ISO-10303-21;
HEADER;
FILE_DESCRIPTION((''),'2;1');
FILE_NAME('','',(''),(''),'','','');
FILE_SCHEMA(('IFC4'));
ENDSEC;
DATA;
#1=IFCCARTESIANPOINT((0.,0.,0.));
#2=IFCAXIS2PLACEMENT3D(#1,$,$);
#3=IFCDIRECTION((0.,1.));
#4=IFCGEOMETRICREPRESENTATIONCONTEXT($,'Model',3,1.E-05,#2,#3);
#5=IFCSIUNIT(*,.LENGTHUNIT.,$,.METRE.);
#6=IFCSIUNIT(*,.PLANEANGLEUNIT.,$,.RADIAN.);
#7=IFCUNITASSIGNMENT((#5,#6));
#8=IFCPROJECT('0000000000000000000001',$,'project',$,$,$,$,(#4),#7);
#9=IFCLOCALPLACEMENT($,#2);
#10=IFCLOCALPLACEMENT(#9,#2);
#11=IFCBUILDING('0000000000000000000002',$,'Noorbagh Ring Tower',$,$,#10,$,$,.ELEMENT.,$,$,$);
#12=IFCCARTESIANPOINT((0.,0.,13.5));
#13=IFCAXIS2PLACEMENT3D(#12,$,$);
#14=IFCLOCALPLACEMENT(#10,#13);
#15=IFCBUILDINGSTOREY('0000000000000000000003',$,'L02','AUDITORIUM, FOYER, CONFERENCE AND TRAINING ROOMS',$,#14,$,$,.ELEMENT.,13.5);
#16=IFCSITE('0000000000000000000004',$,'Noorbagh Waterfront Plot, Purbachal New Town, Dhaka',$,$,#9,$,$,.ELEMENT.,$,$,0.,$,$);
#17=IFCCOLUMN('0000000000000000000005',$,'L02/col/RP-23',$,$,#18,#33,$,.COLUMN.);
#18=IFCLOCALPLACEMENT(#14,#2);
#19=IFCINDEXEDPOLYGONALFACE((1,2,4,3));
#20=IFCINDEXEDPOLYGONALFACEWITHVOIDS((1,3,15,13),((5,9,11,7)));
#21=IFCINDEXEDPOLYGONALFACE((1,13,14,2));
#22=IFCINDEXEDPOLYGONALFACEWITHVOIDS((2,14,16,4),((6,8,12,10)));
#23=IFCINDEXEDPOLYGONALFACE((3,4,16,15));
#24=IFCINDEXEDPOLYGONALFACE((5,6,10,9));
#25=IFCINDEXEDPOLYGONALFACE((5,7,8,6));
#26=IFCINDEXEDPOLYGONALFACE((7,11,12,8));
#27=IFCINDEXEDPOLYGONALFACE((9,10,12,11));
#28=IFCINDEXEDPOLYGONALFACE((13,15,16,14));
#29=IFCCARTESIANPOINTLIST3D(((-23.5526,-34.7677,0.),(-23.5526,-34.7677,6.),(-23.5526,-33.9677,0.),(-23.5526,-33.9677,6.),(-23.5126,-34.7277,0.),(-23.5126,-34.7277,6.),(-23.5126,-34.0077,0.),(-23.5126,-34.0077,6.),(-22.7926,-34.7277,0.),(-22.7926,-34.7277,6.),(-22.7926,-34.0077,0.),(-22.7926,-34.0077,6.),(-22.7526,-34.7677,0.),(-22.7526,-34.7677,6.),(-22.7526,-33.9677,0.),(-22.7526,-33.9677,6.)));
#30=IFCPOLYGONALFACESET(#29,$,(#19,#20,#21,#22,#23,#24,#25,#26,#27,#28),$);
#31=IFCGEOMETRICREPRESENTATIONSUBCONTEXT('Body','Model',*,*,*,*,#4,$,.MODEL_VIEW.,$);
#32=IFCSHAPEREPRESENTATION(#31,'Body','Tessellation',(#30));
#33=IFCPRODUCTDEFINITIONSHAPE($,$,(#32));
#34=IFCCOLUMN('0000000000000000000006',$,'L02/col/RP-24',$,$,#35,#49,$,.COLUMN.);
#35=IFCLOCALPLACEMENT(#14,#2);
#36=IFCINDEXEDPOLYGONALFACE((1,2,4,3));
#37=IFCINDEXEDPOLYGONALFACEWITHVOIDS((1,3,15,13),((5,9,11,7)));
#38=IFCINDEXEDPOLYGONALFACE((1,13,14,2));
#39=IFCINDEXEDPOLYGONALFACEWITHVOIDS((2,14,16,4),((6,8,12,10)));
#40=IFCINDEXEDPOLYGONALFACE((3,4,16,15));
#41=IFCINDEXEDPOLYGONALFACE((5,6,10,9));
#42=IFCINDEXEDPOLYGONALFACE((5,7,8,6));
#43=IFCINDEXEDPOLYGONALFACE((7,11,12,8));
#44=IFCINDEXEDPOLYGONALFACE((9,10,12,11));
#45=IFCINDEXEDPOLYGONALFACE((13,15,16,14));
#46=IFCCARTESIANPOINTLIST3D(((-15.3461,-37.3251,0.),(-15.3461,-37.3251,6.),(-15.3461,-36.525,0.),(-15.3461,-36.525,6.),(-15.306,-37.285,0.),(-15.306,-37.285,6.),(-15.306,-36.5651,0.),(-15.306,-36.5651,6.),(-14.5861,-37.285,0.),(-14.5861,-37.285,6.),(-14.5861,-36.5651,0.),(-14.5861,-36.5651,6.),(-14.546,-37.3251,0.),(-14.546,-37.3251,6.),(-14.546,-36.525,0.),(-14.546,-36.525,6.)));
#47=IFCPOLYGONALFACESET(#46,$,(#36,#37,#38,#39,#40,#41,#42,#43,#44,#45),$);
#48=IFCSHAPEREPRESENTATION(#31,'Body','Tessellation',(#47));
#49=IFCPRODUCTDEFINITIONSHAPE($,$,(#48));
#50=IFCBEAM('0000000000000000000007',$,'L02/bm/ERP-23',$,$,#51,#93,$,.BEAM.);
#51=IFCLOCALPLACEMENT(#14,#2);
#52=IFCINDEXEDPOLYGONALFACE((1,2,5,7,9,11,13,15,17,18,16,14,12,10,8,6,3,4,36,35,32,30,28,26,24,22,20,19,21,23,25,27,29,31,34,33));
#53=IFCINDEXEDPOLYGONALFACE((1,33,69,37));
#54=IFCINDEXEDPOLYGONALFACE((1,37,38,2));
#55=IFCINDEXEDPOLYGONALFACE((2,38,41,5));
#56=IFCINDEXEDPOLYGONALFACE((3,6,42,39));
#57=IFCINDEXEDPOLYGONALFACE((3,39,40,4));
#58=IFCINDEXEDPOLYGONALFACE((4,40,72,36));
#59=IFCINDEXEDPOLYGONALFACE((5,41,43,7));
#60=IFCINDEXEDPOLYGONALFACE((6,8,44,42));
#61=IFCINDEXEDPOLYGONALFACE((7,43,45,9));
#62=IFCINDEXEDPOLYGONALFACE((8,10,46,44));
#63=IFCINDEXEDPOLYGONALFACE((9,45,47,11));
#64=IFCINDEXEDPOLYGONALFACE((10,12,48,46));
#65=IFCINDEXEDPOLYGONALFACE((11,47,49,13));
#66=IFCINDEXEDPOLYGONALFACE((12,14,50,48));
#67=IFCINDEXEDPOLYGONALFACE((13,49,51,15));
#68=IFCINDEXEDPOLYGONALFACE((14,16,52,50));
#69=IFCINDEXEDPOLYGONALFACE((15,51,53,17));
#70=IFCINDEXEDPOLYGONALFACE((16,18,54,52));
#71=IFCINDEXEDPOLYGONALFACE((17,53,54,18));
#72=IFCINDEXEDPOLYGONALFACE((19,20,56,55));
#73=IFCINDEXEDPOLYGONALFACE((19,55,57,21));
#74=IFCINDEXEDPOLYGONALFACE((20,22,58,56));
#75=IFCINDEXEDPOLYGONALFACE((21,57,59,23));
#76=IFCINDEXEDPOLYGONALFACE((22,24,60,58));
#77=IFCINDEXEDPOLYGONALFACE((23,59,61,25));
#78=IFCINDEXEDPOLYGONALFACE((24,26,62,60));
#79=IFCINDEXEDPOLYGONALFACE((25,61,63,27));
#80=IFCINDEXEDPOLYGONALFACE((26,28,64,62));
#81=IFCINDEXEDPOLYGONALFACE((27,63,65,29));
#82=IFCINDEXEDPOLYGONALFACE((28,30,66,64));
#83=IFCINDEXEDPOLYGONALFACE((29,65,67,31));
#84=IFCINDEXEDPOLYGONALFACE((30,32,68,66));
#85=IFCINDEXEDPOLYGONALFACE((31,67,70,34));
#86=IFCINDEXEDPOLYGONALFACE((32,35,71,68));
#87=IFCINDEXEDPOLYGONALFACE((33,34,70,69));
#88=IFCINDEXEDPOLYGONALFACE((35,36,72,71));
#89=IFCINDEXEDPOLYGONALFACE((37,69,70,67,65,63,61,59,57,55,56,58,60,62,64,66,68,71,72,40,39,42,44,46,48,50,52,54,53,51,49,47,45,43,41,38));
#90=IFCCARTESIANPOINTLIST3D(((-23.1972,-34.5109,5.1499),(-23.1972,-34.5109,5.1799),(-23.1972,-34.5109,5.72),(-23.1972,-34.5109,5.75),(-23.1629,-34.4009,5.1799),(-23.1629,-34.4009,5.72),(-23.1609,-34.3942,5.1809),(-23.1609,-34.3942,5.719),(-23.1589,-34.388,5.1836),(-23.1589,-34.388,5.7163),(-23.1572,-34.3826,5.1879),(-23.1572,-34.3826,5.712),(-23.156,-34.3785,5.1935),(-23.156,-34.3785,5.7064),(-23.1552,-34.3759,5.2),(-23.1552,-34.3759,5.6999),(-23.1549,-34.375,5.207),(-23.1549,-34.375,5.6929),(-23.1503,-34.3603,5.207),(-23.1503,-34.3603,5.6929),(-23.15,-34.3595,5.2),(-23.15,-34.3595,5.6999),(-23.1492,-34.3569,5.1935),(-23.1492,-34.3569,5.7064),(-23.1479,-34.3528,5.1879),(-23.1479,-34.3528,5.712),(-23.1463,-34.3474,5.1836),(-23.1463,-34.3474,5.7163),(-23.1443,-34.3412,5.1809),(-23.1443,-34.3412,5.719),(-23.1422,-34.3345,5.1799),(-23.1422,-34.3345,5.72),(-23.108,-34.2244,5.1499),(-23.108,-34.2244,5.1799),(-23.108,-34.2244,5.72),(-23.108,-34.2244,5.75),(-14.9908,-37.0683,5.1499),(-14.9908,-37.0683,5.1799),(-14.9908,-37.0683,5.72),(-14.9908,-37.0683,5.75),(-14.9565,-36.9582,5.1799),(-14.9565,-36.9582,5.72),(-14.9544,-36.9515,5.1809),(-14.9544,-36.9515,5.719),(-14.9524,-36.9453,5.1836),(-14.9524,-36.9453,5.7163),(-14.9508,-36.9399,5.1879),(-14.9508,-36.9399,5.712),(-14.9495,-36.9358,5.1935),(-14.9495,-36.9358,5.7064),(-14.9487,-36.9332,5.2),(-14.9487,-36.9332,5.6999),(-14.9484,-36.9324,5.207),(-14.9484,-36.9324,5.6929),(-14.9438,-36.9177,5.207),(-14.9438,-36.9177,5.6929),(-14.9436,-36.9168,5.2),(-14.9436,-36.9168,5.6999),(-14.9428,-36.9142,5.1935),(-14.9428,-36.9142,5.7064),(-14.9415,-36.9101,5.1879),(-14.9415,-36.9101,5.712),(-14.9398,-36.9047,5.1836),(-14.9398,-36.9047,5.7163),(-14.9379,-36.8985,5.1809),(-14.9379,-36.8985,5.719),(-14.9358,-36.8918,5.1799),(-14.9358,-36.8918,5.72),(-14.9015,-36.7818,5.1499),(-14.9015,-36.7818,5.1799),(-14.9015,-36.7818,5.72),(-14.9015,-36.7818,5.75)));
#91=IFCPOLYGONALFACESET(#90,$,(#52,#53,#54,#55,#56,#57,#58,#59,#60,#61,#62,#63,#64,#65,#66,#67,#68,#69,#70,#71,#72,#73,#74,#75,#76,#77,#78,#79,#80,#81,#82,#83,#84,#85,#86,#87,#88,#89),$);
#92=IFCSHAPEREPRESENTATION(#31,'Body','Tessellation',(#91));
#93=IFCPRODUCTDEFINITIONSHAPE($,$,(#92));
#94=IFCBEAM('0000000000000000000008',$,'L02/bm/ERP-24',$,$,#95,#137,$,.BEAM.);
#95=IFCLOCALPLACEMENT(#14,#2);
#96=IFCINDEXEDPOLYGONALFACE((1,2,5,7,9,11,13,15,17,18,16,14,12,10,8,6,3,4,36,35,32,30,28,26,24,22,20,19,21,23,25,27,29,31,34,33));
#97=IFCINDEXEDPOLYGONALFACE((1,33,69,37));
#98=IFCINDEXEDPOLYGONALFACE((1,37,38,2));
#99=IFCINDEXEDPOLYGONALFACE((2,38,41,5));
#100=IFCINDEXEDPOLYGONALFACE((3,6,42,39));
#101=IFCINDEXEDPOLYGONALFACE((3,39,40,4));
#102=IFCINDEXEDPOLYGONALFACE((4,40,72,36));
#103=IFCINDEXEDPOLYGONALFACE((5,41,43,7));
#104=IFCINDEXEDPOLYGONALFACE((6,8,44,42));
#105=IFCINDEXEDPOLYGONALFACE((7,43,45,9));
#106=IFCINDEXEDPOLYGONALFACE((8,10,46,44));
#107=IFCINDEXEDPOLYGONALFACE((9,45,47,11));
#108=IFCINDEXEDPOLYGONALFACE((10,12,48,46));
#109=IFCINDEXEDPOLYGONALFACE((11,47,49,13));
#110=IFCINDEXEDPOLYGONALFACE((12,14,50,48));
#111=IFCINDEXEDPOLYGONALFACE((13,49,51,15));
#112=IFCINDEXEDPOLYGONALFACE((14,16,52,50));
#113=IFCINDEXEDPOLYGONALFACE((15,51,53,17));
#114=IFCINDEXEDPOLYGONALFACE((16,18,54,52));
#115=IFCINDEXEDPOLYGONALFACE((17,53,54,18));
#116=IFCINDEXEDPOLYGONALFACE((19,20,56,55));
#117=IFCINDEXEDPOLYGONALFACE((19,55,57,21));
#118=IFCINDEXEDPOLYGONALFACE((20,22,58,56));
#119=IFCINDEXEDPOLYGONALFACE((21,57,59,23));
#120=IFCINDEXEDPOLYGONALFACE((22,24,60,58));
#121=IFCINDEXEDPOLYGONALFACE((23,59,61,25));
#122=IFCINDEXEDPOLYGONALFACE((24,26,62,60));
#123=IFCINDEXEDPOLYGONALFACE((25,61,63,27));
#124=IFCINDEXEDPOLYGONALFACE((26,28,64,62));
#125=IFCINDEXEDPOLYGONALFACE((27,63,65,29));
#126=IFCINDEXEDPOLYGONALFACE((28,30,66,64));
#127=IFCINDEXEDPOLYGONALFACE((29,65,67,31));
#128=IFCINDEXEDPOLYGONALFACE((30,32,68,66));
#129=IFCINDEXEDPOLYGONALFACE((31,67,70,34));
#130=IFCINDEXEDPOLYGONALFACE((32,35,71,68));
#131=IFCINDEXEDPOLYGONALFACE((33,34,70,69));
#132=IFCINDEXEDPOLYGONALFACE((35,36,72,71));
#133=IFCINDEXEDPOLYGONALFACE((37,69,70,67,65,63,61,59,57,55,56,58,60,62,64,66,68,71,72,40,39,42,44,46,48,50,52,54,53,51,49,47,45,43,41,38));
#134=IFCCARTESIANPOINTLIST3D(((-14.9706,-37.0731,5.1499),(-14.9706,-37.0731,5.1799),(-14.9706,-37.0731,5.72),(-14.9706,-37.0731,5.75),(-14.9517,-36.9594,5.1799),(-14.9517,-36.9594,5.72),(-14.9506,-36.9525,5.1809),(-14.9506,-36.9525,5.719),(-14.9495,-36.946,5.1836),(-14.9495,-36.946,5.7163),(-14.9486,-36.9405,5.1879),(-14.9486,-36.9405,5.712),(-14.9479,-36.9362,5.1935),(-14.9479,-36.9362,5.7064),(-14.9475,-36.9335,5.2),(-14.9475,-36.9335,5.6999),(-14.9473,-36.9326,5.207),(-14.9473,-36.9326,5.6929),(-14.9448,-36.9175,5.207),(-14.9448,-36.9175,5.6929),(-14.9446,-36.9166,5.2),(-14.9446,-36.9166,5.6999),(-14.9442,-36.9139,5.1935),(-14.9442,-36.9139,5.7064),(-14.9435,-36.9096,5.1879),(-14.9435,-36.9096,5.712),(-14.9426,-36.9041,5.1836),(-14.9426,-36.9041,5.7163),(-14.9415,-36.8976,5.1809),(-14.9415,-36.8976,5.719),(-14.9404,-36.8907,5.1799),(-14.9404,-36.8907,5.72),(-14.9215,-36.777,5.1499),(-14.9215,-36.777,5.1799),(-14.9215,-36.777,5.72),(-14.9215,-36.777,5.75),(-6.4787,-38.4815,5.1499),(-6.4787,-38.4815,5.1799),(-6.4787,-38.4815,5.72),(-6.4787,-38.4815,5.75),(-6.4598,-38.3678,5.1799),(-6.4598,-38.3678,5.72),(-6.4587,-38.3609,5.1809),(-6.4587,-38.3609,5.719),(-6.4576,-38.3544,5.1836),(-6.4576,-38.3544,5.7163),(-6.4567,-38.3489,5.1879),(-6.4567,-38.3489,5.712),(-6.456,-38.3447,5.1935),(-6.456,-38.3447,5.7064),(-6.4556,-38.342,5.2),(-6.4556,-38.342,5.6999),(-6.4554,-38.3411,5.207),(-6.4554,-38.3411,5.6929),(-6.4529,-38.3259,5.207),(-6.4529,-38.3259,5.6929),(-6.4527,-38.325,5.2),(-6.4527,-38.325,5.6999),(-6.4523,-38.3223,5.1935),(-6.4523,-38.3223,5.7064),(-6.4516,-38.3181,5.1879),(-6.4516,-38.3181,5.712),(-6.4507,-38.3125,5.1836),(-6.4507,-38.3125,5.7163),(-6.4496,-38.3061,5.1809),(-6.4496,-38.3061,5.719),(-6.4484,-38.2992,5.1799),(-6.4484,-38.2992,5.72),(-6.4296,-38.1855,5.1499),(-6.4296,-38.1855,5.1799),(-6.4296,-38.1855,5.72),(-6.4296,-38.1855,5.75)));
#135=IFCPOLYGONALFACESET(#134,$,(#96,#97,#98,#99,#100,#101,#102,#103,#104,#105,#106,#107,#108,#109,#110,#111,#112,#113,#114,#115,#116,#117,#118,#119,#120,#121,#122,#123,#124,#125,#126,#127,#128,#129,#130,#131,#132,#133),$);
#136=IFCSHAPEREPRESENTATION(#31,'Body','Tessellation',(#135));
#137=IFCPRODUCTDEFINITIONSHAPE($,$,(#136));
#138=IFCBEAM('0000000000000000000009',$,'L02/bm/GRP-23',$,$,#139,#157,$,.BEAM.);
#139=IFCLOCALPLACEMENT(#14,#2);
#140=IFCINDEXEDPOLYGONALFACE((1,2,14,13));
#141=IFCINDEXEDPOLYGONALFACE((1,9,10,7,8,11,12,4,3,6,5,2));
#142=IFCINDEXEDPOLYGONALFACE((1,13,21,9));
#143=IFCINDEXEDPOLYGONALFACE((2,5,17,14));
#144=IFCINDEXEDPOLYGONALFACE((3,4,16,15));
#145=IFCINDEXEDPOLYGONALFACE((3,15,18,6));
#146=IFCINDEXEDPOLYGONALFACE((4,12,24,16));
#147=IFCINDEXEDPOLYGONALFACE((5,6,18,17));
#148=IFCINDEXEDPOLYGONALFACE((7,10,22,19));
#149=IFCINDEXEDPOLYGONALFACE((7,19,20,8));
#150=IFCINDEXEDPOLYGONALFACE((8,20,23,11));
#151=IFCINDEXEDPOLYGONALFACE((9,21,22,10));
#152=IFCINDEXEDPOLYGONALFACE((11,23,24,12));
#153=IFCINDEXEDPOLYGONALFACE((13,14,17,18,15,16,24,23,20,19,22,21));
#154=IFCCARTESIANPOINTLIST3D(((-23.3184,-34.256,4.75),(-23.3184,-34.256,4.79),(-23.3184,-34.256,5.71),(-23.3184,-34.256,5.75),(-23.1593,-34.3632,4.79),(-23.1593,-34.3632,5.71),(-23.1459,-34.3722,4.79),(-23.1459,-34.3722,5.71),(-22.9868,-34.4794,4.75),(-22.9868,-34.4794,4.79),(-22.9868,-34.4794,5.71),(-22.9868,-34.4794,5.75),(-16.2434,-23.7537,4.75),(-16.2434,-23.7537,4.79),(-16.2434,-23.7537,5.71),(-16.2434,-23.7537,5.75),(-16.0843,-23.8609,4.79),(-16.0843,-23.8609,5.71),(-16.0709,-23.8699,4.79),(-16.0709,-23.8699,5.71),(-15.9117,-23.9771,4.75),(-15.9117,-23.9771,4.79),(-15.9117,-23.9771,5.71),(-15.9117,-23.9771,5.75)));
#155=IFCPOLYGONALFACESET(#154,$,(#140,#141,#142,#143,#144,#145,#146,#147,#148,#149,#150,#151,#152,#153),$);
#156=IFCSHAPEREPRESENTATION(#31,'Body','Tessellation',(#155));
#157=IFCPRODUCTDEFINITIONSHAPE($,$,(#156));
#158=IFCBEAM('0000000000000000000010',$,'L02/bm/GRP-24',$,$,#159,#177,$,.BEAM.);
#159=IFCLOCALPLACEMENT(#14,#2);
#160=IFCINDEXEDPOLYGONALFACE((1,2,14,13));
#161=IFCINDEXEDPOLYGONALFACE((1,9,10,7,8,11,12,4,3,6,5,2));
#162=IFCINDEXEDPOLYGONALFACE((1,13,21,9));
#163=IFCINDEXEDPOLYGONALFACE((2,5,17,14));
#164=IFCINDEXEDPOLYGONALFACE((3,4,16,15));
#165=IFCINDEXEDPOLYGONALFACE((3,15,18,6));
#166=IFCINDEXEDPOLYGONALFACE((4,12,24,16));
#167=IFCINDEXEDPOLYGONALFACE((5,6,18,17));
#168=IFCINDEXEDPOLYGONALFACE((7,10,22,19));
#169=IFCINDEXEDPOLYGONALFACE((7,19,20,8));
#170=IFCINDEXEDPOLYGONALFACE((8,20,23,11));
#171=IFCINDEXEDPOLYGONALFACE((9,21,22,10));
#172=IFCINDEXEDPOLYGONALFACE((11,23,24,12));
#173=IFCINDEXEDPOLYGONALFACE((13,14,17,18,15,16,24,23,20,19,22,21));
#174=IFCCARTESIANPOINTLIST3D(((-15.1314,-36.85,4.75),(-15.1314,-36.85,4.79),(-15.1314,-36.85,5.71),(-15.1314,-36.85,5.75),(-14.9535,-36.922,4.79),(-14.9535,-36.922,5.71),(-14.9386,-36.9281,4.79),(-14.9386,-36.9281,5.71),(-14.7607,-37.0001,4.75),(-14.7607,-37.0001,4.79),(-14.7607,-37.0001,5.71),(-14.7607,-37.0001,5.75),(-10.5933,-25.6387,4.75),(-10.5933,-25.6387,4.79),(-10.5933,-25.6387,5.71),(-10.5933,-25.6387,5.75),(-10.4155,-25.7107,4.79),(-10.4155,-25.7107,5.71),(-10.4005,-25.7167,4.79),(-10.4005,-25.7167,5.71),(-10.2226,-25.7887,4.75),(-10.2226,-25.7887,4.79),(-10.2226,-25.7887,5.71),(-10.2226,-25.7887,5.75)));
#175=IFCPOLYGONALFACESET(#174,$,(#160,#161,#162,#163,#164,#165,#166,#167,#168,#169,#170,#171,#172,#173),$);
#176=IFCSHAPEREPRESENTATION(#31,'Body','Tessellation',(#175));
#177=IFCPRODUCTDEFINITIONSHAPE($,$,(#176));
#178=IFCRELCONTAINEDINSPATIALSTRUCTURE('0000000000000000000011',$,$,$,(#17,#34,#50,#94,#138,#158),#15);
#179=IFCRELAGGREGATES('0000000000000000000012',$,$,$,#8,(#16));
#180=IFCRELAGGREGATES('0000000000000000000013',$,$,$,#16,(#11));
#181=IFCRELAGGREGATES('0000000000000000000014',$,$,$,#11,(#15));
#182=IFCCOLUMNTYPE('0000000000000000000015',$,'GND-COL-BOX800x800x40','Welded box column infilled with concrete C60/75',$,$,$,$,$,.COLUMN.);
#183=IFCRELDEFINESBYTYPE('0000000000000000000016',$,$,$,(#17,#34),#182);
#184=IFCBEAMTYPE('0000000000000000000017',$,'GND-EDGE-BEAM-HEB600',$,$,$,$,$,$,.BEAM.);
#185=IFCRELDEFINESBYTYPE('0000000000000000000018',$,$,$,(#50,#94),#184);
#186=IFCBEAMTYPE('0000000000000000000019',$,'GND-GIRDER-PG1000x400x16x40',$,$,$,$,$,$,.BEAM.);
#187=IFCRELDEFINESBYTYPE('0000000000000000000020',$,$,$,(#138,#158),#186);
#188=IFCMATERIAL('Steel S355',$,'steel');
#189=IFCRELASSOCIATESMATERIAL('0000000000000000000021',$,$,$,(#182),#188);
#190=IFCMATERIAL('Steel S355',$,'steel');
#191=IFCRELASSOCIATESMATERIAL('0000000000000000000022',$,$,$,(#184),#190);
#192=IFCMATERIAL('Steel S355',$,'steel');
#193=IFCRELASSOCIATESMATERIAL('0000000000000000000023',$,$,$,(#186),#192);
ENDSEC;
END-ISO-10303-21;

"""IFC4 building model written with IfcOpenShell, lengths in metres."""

from ifc_helpers import new_model, si_unit, direction, frame, origin, origin_2d, place, context, subcontext, project, spatial, hollow_rectangle, i_section, extrude, material, material_profile, profile_set, type_object, element, save


model = new_model("IFC4")

# Units and contexts
model_context = context("Model", 3, precision=1e-05, world=origin(), true_north=direction((0.0, 1.0)))
body_context = subcontext(model_context, "Body", "Model", "MODEL_VIEW")
ifc_project = project(units=[si_unit("LENGTHUNIT", "METRE"), si_unit("PLANEANGLEUNIT", "RADIAN")], contexts=[model_context])

# Site, building, storey
site_placement = place(None, origin())
site = spatial("IfcSite", under=ifc_project, at=site_placement, Name="Noorbagh Waterfront Plot, Purbachal New Town, Dhaka", CompositionType="ELEMENT", RefElevation=0.0)
building_placement = place(site_placement, origin())
building = spatial("IfcBuilding", under=site, at=building_placement, Name="Noorbagh Ring Tower", CompositionType="ELEMENT")
storey_placement = place(building_placement, frame((0.0, 0.0, 13.5)))
storey = spatial("IfcBuildingStorey", under=building, at=storey_placement, Name="L02", Description="AUDITORIUM, FOYER, CONFERENCE AND TRAINING ROOMS", CompositionType="ELEMENT", Elevation=13.5)

# Columns
ifc_material_1 = material(Name="Steel S355", Category="steel")
ifc_material_profile_1 = material_profile(ifc_material_1, hollow_rectangle(XDim=0.8, YDim=0.8, WallThickness=0.04, at=origin_2d()), Name="BOX800x800x40")
ifc_profile_set_1 = profile_set([ifc_material_profile_1], Name="Steel S355")
column_type = type_object("IfcColumnType", Name="GND-COL-BOX800x800x40", Description="Welded box column infilled with concrete C60/75", PredefinedType="COLUMN", material=ifc_profile_set_1)
for number, where, z_axis, x_axis, name in (
    (1, (-23.1526, -34.3677, 0.0), (0.0, 0.0, 1.0), (1.0, 0.0, 0.0), "L02/col/RP-23"),
    (2, (-14.946, -36.925, 0.0), (0.0, 0.0, 1.0), (1.0, 0.0, 0.0), "L02/col/RP-24"),
):
    element("IfcColumn", number, at=place(storey_placement, frame(where, z_axis=z_axis, x_axis=x_axis)), inside=storey, type_object=column_type, Name=name, PredefinedType="COLUMN", context=body_context, shape_type="SweptSolid", body=[
        extrude(hollow_rectangle(XDim=0.8, YDim=0.8, WallThickness=0.04, at=origin_2d()), origin(), (0.0, 0.0, 1.0), 6.0),
    ])

# Beams
ifc_material_2 = material(Name="Steel S355", Category="steel")
ifc_material_profile_2 = material_profile(ifc_material_2, i_section(OverallWidth=0.3, OverallDepth=0.6001, WebThickness=0.0154, FlangeThickness=0.03, FilletRadius=0.0271, at=origin_2d()), Name="HEB600")
ifc_profile_set_2 = profile_set([ifc_material_profile_2], Name="Steel S355")
beam_type_1 = type_object("IfcBeamType", Name="GND-EDGE-BEAM-HEB600", PredefinedType="BEAM", material=ifc_profile_set_2)
beam_1_placement = place(storey_placement, frame((-23.1526, -34.3677, 5.45), z_axis=(0.954717, -0.297515, 0.0), x_axis=(0.297515, 0.954717, 0.0)))
element("IfcBeam", 3, at=beam_1_placement, inside=storey, type_object=beam_type_1, Name="L02/bm/ERP-23", PredefinedType="BEAM", context=body_context, shape_type="SweptSolid", body=[
    extrude(i_section(OverallWidth=0.3, OverallDepth=0.6001, WebThickness=0.0154, FlangeThickness=0.03, FilletRadius=0.0271, at=origin_2d()), origin(), (0.0, 0.0, 1.0), 8.5957),
])
beam_2_placement = place(storey_placement, frame((-14.946, -36.925, 5.45), z_axis=(0.986523, -0.163622, 0.0), x_axis=(0.163622, 0.986523, 0.0)))
element("IfcBeam", 4, at=beam_2_placement, inside=storey, type_object=beam_type_1, Name="L02/bm/ERP-24", PredefinedType="BEAM", context=body_context, shape_type="SweptSolid", body=[
    extrude(i_section(OverallWidth=0.3, OverallDepth=0.6001, WebThickness=0.0154, FlangeThickness=0.03, FilletRadius=0.0271, at=origin_2d()), origin(), (0.0, 0.0, 1.0), 8.6079),
])
ifc_material_3 = material(Name="Steel S355", Category="steel")
ifc_material_profile_3 = material_profile(ifc_material_3, i_section(OverallWidth=0.3999, OverallDepth=1.0, WebThickness=0.0161, FlangeThickness=0.04, at=origin_2d()), Name="PG1000x400x16x40")
ifc_profile_set_3 = profile_set([ifc_material_profile_3], Name="Steel S355")
beam_type_2 = type_object("IfcBeamType", Name="GND-GIRDER-PG1000x400x16x40", PredefinedType="BEAM", material=ifc_profile_set_3)
beam_3_placement = place(storey_placement, frame((-23.1526, -34.3677, 5.25), z_axis=(0.558711, 0.829362, 0.0), x_axis=(-0.829362, 0.558711, 0.0)))
element("IfcBeam", 5, at=beam_3_placement, inside=storey, type_object=beam_type_2, Name="L02/bm/GRP-23", PredefinedType="BEAM", context=body_context, shape_type="SweptSolid", body=[
    extrude(i_section(OverallWidth=0.3999, OverallDepth=1.0, WebThickness=0.0161, FlangeThickness=0.04, at=origin_2d()), origin(), (0.0, 0.0, 1.0), 12.6631),
])
beam_4_placement = place(storey_placement, frame((-14.946, -36.925, 5.25), z_axis=(0.375202, 0.926943, 0.0), x_axis=(-0.926943, 0.375202, 0.0)))
element("IfcBeam", 6, at=beam_4_placement, inside=storey, type_object=beam_type_2, Name="L02/bm/GRP-24", PredefinedType="BEAM", context=body_context, shape_type="SweptSolid", body=[
    extrude(i_section(OverallWidth=0.3999, OverallDepth=1.0, WebThickness=0.0161, FlangeThickness=0.04, at=origin_2d()), origin(), (0.0, 0.0, 1.0), 12.095),
])

save(model, "model.ifc")
